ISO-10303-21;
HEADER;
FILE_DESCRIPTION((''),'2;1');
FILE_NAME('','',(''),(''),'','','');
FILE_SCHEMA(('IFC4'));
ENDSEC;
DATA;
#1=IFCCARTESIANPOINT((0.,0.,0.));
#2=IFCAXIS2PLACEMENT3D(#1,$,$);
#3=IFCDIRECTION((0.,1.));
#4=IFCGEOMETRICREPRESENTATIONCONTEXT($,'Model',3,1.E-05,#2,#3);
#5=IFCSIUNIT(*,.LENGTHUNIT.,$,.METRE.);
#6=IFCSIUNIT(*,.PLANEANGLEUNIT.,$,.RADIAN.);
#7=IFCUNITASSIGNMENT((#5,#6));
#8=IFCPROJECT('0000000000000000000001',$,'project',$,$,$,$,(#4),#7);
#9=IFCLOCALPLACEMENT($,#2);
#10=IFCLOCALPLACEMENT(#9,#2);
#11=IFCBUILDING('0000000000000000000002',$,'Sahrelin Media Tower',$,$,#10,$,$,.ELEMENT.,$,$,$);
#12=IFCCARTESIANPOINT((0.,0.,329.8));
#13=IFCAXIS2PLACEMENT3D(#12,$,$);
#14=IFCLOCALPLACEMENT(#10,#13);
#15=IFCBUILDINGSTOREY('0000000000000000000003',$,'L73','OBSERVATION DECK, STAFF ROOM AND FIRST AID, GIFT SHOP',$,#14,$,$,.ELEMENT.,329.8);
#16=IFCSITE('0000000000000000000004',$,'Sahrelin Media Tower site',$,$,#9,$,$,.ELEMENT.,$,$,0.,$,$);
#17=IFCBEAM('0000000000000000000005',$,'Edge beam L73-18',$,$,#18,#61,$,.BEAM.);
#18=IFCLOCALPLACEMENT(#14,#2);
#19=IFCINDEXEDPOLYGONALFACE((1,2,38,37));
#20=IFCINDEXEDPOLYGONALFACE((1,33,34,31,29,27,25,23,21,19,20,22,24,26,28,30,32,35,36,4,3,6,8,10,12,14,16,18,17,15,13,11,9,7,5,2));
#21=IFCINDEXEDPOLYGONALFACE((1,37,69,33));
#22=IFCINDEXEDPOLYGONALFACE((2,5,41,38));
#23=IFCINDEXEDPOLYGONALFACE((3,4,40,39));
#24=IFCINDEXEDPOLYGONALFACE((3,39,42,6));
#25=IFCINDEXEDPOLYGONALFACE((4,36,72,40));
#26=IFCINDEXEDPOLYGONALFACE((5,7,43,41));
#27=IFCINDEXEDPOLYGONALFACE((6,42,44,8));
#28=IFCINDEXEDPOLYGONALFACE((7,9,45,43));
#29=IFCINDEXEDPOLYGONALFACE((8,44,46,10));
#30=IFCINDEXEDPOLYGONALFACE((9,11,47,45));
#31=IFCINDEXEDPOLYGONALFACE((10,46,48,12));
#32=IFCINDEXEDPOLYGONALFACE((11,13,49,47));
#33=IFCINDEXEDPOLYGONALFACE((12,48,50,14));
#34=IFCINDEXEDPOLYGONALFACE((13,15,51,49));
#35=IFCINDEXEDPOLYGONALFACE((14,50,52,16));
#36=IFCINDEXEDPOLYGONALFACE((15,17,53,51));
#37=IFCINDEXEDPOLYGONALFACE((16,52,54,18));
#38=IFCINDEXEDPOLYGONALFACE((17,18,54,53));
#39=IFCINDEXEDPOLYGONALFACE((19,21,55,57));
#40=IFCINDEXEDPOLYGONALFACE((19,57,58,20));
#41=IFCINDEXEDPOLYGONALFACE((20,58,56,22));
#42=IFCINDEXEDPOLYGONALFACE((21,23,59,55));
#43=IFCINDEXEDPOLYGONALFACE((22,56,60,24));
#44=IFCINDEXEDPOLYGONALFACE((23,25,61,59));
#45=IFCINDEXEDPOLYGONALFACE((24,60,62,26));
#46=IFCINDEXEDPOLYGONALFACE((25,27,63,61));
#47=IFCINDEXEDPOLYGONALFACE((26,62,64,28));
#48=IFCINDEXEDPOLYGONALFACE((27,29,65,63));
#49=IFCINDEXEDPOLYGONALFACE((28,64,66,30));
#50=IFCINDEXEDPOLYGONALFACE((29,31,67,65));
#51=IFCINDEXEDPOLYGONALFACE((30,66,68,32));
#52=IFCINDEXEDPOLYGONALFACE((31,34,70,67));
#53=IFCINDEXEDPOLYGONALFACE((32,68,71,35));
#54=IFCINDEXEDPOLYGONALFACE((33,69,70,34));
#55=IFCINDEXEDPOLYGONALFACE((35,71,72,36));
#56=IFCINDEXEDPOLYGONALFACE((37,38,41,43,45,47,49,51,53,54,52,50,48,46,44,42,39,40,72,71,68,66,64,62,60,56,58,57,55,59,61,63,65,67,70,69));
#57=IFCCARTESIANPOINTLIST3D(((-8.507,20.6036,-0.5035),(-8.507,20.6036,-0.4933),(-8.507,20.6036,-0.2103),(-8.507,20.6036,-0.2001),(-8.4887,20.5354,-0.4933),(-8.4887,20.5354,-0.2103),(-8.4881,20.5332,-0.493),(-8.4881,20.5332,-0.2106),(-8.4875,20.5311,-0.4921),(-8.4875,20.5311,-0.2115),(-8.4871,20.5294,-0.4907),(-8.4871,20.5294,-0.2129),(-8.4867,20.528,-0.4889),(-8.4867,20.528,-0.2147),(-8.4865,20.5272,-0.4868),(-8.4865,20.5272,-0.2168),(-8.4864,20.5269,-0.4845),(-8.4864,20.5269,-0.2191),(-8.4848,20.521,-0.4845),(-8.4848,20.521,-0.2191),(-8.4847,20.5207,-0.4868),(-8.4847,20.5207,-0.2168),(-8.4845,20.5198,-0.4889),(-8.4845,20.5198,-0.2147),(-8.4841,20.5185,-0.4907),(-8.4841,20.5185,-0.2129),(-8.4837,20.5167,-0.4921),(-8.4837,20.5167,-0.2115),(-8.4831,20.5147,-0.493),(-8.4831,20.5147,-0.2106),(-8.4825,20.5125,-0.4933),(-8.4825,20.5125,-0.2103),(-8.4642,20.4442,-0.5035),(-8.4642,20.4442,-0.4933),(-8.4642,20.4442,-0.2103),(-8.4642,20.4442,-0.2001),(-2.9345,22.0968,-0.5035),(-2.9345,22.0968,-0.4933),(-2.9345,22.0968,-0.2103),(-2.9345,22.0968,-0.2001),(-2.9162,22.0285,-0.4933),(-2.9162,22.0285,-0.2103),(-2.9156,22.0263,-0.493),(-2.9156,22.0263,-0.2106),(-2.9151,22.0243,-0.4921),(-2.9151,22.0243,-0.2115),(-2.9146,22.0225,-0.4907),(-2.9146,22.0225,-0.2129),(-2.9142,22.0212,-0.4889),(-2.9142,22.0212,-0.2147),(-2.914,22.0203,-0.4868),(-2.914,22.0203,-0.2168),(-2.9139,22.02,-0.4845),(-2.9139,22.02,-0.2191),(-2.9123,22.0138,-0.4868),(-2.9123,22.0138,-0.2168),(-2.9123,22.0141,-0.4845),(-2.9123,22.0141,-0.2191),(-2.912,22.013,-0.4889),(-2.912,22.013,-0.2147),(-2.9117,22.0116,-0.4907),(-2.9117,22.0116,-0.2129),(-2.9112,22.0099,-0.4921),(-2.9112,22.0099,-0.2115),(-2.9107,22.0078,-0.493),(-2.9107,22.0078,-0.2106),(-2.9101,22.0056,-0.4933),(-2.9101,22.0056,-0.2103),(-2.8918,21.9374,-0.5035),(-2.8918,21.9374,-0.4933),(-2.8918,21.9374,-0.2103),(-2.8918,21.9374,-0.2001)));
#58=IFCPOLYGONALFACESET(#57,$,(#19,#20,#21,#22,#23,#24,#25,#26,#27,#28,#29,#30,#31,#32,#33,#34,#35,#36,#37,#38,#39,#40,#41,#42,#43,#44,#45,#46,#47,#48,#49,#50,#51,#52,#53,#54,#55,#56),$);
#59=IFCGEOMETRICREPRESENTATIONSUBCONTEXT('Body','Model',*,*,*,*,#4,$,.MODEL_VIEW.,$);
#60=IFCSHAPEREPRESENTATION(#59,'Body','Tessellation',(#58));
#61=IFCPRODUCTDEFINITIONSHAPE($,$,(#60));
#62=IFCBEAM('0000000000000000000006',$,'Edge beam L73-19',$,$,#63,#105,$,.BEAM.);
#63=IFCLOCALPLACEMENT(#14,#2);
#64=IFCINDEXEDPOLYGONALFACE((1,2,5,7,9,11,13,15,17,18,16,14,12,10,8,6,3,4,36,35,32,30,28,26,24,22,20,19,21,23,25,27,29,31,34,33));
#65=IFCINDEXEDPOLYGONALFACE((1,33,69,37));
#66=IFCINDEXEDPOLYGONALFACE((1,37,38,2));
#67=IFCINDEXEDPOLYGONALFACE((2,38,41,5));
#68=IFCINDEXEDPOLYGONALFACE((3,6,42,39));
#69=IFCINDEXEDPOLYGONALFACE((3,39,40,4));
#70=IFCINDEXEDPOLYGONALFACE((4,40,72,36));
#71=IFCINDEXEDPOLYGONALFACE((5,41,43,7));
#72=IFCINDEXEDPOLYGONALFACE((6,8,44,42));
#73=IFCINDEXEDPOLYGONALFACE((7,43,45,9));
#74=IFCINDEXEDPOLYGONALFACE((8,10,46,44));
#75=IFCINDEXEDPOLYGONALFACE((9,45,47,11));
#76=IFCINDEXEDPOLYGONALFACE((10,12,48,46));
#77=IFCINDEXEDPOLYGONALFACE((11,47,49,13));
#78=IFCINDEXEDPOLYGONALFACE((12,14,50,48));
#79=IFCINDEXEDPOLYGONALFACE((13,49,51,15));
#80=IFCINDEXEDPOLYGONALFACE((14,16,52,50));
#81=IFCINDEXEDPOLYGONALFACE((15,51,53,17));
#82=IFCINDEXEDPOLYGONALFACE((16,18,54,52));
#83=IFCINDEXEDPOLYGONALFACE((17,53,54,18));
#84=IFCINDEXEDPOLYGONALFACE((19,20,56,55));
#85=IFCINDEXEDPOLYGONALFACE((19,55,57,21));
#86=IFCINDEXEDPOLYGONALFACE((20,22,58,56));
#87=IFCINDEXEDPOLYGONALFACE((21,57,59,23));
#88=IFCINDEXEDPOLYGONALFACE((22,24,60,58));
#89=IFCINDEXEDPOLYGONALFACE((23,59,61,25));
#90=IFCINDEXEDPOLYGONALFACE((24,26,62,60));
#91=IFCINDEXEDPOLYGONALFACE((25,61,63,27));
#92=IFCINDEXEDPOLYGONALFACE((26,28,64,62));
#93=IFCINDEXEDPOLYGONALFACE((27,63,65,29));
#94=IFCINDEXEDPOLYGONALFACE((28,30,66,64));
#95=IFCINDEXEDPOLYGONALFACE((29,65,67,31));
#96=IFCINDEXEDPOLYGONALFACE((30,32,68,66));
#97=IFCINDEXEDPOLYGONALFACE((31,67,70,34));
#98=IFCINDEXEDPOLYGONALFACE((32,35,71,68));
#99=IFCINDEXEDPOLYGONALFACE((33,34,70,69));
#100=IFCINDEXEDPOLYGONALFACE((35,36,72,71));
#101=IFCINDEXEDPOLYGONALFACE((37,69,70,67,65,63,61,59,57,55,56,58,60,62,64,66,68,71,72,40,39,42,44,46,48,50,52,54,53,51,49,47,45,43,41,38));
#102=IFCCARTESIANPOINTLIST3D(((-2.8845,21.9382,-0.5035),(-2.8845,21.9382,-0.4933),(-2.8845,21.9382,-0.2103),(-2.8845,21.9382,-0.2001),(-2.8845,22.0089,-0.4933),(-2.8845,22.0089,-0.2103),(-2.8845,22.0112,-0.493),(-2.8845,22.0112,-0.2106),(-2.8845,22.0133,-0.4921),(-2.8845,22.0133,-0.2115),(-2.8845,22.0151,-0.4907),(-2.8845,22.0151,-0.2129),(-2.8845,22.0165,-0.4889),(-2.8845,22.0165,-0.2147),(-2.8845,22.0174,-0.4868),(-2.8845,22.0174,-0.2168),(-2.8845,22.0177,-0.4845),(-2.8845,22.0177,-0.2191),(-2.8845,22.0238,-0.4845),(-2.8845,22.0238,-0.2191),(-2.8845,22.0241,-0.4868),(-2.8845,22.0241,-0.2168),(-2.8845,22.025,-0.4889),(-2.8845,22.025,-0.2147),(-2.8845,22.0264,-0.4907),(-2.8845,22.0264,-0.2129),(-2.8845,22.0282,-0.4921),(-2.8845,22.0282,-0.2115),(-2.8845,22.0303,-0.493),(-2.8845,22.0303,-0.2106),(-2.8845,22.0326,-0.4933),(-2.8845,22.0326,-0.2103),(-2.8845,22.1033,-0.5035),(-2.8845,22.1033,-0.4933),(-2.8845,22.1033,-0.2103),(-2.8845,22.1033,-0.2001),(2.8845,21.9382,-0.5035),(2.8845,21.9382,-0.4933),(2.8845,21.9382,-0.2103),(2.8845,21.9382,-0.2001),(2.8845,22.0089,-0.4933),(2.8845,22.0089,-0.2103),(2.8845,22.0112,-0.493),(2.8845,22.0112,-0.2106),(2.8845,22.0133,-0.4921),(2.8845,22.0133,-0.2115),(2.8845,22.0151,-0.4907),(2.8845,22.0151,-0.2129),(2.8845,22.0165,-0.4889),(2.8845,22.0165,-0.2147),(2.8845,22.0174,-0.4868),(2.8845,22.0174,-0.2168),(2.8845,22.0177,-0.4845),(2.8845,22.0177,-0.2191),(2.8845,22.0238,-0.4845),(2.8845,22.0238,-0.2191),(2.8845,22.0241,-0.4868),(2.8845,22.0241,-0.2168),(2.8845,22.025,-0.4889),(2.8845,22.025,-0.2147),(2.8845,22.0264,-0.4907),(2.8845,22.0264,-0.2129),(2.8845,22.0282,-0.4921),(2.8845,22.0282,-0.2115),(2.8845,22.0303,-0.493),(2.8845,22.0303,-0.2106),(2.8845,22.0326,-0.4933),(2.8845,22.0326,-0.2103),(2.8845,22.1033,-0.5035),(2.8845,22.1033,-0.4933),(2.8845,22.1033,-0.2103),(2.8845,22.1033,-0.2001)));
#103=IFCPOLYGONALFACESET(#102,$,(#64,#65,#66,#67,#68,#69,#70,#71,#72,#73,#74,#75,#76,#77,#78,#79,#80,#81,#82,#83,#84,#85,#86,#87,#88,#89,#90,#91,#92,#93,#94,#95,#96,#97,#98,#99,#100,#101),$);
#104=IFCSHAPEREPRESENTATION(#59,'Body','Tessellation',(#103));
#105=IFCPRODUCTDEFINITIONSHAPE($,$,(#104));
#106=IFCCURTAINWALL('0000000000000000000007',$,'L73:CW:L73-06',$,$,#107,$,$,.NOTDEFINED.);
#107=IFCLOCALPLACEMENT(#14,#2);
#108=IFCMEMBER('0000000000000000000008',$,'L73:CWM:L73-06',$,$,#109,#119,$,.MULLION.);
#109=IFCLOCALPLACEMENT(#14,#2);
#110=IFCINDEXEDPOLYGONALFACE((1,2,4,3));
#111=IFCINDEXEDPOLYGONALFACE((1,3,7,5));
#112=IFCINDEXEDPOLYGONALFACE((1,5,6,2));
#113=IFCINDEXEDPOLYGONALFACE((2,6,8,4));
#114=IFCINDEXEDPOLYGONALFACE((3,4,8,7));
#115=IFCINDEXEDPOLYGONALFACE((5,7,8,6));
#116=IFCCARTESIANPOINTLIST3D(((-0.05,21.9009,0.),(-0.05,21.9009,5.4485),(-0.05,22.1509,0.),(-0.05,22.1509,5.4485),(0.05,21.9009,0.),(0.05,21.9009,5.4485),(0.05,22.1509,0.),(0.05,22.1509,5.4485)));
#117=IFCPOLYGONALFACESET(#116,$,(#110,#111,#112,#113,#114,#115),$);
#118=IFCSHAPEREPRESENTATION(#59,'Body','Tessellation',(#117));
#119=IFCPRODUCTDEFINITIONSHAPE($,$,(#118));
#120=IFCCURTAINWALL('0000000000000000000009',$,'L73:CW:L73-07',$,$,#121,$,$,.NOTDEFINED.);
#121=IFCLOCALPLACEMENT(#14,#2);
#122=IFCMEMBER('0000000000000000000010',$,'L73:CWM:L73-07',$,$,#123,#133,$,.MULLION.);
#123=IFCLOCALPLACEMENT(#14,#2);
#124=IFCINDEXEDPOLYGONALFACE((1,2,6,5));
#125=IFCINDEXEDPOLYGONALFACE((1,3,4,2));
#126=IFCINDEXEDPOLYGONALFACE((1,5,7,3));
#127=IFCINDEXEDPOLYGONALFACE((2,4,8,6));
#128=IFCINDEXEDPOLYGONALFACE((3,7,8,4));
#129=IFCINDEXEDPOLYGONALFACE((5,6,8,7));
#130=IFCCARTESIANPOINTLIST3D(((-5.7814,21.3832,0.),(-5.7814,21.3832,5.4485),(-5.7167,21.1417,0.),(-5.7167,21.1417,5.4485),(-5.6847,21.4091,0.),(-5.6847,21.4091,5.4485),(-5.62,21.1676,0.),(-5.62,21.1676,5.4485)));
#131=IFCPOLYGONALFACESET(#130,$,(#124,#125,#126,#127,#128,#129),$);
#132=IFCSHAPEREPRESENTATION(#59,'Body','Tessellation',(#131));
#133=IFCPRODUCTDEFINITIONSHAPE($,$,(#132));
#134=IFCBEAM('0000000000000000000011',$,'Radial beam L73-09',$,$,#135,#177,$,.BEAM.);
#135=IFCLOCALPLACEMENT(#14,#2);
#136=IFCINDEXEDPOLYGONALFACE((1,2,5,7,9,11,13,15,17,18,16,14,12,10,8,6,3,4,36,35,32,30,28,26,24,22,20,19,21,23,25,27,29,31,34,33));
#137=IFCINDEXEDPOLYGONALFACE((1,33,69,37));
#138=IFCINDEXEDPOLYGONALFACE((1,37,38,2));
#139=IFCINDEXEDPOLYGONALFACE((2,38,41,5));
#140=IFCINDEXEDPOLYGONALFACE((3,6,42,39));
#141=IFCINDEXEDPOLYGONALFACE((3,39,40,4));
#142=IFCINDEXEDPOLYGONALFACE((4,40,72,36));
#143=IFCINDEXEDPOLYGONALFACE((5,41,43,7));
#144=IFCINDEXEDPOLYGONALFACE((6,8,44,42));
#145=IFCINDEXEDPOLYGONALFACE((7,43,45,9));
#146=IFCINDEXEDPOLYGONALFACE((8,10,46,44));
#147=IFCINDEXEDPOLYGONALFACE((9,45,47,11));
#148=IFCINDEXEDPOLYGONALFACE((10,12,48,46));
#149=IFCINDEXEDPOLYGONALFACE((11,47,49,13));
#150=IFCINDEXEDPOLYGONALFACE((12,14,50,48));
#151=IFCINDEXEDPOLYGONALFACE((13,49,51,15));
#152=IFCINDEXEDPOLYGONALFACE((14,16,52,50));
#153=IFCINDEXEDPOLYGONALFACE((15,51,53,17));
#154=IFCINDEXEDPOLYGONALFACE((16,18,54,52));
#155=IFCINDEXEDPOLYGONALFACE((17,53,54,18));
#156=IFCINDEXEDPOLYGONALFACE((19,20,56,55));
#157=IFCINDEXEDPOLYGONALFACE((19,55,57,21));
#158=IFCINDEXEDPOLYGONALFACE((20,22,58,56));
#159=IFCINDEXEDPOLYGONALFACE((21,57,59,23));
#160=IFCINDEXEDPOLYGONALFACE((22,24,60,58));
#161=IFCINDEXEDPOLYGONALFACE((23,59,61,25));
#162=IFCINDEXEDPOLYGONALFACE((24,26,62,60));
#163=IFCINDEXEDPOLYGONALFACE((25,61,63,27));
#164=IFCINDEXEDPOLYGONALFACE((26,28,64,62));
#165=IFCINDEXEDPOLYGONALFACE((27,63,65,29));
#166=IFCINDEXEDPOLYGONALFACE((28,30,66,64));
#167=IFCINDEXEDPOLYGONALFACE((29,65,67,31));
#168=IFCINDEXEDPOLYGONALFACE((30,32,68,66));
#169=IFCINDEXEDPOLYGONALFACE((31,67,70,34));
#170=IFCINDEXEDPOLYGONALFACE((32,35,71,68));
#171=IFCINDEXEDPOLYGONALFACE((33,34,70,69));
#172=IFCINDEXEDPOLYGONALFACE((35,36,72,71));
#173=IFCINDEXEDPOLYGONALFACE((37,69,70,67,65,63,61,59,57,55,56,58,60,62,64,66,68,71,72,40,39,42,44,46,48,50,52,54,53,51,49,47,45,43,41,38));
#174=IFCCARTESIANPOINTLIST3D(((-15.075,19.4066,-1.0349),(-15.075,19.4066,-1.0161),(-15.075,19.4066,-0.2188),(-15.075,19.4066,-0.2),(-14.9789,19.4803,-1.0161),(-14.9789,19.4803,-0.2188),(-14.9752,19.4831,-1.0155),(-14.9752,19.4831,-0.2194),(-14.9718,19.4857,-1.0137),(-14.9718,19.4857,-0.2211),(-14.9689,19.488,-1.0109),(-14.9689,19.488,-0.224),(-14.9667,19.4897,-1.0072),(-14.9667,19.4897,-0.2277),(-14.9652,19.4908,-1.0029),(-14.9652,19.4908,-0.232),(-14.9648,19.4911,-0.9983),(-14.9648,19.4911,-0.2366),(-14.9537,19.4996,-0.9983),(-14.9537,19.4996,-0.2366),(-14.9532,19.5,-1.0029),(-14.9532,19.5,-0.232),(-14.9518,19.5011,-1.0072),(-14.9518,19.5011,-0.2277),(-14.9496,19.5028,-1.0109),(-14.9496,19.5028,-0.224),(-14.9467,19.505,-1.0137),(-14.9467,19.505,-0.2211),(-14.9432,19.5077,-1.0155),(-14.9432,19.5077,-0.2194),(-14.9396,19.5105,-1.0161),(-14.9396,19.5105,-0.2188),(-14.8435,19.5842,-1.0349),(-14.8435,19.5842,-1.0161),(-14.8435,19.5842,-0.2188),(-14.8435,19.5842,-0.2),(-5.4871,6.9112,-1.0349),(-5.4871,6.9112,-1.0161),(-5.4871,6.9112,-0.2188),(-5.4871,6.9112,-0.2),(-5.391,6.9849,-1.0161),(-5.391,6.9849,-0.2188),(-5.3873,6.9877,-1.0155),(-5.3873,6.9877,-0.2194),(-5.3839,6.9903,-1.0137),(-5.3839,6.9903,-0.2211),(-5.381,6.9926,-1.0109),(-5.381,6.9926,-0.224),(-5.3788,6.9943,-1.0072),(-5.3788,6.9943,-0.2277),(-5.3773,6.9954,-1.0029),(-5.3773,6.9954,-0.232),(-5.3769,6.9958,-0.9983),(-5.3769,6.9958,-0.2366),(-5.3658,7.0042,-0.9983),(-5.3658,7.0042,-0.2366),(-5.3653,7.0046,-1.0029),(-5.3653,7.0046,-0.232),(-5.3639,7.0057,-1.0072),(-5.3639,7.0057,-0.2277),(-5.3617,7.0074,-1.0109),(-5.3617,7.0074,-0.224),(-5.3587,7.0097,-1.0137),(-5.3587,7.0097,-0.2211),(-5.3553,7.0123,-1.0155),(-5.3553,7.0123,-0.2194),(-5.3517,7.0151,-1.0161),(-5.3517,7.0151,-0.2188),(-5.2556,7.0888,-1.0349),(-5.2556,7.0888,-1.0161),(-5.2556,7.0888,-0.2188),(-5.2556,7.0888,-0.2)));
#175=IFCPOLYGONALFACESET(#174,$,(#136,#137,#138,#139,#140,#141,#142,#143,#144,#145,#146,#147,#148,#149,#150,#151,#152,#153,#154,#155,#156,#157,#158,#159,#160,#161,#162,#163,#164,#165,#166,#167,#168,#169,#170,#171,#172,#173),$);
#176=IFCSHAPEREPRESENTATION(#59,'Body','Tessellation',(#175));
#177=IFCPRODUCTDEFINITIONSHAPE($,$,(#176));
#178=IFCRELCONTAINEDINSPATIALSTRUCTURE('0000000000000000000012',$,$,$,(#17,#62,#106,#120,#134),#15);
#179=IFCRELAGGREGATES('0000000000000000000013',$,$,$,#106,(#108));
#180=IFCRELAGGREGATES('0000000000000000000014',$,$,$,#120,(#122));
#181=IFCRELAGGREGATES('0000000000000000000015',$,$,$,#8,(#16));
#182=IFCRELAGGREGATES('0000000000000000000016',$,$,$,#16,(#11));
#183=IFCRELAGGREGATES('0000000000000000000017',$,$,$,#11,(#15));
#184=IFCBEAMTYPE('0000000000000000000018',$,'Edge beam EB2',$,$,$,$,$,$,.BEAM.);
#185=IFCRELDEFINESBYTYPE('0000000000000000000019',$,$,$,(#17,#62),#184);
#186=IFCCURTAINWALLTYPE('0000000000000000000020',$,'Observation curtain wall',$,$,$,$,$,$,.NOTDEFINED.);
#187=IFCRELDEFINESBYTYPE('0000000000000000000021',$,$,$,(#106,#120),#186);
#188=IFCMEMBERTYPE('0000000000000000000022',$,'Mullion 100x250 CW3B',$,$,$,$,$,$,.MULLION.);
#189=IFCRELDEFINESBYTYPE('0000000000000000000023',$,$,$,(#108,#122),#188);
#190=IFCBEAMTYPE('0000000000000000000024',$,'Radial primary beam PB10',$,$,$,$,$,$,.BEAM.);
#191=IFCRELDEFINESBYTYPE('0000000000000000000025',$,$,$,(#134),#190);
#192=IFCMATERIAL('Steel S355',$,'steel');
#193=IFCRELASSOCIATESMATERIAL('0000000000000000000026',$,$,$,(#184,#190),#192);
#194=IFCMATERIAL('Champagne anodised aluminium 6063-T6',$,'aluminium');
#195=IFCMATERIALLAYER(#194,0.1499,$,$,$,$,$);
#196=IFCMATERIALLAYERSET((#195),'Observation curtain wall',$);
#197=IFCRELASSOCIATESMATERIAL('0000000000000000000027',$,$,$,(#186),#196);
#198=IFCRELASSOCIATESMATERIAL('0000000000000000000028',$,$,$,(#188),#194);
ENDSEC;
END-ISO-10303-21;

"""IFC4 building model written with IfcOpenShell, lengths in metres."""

from ifc_helpers import new_model, si_unit, direction, frame, origin, origin_2d, place, context, subcontext, project, spatial, rectangle, i_section, extrude, material, layer, layer_set, material_profile, profile_set, type_object, element, aggregate, save


model = new_model("IFC4")

# Units and contexts
model_context = context("Model", 3, precision=1e-05, world=origin(), true_north=direction((0.0, 1.0)))
body_context = subcontext(model_context, "Body", "Model", "MODEL_VIEW")
ifc_project = project(units=[si_unit("LENGTHUNIT", "METRE"), si_unit("PLANEANGLEUNIT", "RADIAN")], contexts=[model_context])

# Site, building, storey
site_placement = place(None, origin())
site = spatial("IfcSite", under=ifc_project, at=site_placement, Name="Sahrelin Media Tower site", CompositionType="ELEMENT", RefElevation=0.0)
building_placement = place(site_placement, origin())
building = spatial("IfcBuilding", under=site, at=building_placement, Name="Sahrelin Media Tower", CompositionType="ELEMENT")
storey_placement = place(building_placement, frame((0.0, 0.0, 329.8)))
storey = spatial("IfcBuildingStorey", under=building, at=storey_placement, Name="L73", Description="OBSERVATION DECK, STAFF ROOM AND FIRST AID, GIFT SHOP", CompositionType="ELEMENT", Elevation=329.8)

# Beams
ifc_material_1 = material(Name="Steel S355", Category="steel")
ifc_material_profile_1 = material_profile(ifc_material_1, i_section(OverallWidth=0.165, OverallDepth=0.3035, WebThickness=0.0061, FlangeThickness=0.0103, FilletRadius=0.0088, at=origin_2d()), Name="UB 305x165x40")
ifc_profile_set_1 = profile_set([ifc_material_profile_1], Name="Steel S355")
beam_type_1 = type_object("IfcBeamType", Name="Edge beam EB2", PredefinedType="BEAM", material=ifc_profile_set_1)
for number, where, z_axis, x_axis, name in (
    (1, (-8.4856, 20.5239, -0.3518), (0.965925, 0.258821, 0.0), (-0.258821, 0.965925, 0.0), "Edge beam L73-18"),
    (2, (-2.8845, 22.0208, -0.3518), (1.0, 0.0, 0.0), (0.0, 1.0, 0.0), "Edge beam L73-19"),
):
    element("IfcBeam", number, at=place(storey_placement, frame(where, z_axis=z_axis, x_axis=x_axis)), inside=storey, type_object=beam_type_1, Name=name, PredefinedType="BEAM", context=body_context, shape_type="SweptSolid", body=[
        extrude(i_section(OverallWidth=0.165, OverallDepth=0.3035, WebThickness=0.0061, FlangeThickness=0.0103, FilletRadius=0.0088, at=origin_2d()), origin(), (0.0, 0.0, 1.0), 5.769),
    ])

# Curtain walls, members
ifc_material_2 = material(Name="Champagne anodised aluminium 6063-T6", Category="aluminium")
ifc_layer_1 = layer(ifc_material_2, 0.1499)
ifc_layer_set_1 = layer_set([ifc_layer_1], Name="Observation curtain wall")
curtain_wall_type = type_object("IfcCurtainWallType", Name="Observation curtain wall", PredefinedType="NOTDEFINED", material=ifc_layer_set_1)
curtain_wall_1_placement = place(storey_placement, frame((0.0, 22.1709, 0.0), z_axis=(0.0, 0.0, 1.0), x_axis=(1.0, 0.0, 0.0)))
curtain_wall_1 = element("IfcCurtainWall", 3, at=curtain_wall_1_placement, inside=storey, type_object=curtain_wall_type, Name="L73:CW:L73-06", PredefinedType="NOTDEFINED")
ifc_material_profile_2 = material_profile(ifc_material_2, rectangle(XDim=0.1001, YDim=0.25, at=origin_2d()), Name="Mullion 100x250")
ifc_profile_set_2 = profile_set([ifc_material_profile_2], Name="Champagne anodised aluminium 6063-T6")
member_type_1 = type_object("IfcMemberType", Name="Mullion 100x250 CW3B", PredefinedType="MULLION", material=ifc_profile_set_2)
member_1_placement = place(storey_placement, frame((0.0, 22.0259, 0.0), z_axis=(0.0, 0.0, 1.0), x_axis=(-1.0, 0.0, 0.0)))
member_1 = element("IfcMember", 4, at=member_1_placement, type_object=member_type_1, Name="L73:CWM:L73-06", PredefinedType="MULLION", context=body_context, shape_type="SweptSolid", body=[
    extrude(rectangle(XDim=0.1001, YDim=0.25, at=origin_2d()), origin(), (0.0, 0.0, 1.0), 5.4485),
])
aggregate(curtain_wall_1, [member_1])
curtain_wall_2_placement = place(storey_placement, frame((-5.7383, 21.4153, 0.0), z_axis=(0.0, 0.0, 1.0), x_axis=(1.0, 0.0, 0.0)))
curtain_wall_2 = element("IfcCurtainWall", 5, at=curtain_wall_2_placement, inside=storey, type_object=curtain_wall_type, Name="L73:CW:L73-07", PredefinedType="NOTDEFINED")
member_2_placement = place(storey_placement, frame((-5.7007, 21.2754, 0.0), z_axis=(0.0, 0.0, 1.0), x_axis=(-0.965926, -0.258817, 0.0)))
member_2 = element("IfcMember", 6, at=member_2_placement, type_object=member_type_1, Name="L73:CWM:L73-07", PredefinedType="MULLION", context=body_context, shape_type="SweptSolid", body=[
    extrude(rectangle(XDim=0.1001, YDim=0.25, at=origin_2d()), origin(), (0.0, 0.0, 1.0), 5.4485),
])

# Beam
ifc_material_profile_3 = material_profile(ifc_material_1, i_section(OverallWidth=0.2917, OverallDepth=0.835, WebThickness=0.0139, FlangeThickness=0.0188, FilletRadius=0.0178, at=origin_2d()), Name="UB 838x292x176")
ifc_profile_set_3 = profile_set([ifc_material_profile_3], Name="Steel S355")
beam_type_2 = type_object("IfcBeamType", Name="Radial primary beam PB10", PredefinedType="BEAM", material=ifc_profile_set_3)
beam_1_placement = place(storey_placement, frame((-5.3713, 7.0, -0.6174), z_axis=(-0.608756, 0.793358, 0.0), x_axis=(-0.793358, -0.608756, 0.0)))
element("IfcBeam", 7, at=beam_1_placement, inside=storey, type_object=beam_type_2, Name="Radial beam L73-09", PredefinedType="BEAM", context=body_context, shape_type="SweptSolid", body=[
    extrude(i_section(OverallWidth=0.2917, OverallDepth=0.835, WebThickness=0.0139, FlangeThickness=0.0188, FilletRadius=0.0178, at=origin_2d()), origin(), (0.0, 0.0, 1.0), 15.75),
])

aggregate(curtain_wall_2, [member_2])

save(model, "model.ifc")
